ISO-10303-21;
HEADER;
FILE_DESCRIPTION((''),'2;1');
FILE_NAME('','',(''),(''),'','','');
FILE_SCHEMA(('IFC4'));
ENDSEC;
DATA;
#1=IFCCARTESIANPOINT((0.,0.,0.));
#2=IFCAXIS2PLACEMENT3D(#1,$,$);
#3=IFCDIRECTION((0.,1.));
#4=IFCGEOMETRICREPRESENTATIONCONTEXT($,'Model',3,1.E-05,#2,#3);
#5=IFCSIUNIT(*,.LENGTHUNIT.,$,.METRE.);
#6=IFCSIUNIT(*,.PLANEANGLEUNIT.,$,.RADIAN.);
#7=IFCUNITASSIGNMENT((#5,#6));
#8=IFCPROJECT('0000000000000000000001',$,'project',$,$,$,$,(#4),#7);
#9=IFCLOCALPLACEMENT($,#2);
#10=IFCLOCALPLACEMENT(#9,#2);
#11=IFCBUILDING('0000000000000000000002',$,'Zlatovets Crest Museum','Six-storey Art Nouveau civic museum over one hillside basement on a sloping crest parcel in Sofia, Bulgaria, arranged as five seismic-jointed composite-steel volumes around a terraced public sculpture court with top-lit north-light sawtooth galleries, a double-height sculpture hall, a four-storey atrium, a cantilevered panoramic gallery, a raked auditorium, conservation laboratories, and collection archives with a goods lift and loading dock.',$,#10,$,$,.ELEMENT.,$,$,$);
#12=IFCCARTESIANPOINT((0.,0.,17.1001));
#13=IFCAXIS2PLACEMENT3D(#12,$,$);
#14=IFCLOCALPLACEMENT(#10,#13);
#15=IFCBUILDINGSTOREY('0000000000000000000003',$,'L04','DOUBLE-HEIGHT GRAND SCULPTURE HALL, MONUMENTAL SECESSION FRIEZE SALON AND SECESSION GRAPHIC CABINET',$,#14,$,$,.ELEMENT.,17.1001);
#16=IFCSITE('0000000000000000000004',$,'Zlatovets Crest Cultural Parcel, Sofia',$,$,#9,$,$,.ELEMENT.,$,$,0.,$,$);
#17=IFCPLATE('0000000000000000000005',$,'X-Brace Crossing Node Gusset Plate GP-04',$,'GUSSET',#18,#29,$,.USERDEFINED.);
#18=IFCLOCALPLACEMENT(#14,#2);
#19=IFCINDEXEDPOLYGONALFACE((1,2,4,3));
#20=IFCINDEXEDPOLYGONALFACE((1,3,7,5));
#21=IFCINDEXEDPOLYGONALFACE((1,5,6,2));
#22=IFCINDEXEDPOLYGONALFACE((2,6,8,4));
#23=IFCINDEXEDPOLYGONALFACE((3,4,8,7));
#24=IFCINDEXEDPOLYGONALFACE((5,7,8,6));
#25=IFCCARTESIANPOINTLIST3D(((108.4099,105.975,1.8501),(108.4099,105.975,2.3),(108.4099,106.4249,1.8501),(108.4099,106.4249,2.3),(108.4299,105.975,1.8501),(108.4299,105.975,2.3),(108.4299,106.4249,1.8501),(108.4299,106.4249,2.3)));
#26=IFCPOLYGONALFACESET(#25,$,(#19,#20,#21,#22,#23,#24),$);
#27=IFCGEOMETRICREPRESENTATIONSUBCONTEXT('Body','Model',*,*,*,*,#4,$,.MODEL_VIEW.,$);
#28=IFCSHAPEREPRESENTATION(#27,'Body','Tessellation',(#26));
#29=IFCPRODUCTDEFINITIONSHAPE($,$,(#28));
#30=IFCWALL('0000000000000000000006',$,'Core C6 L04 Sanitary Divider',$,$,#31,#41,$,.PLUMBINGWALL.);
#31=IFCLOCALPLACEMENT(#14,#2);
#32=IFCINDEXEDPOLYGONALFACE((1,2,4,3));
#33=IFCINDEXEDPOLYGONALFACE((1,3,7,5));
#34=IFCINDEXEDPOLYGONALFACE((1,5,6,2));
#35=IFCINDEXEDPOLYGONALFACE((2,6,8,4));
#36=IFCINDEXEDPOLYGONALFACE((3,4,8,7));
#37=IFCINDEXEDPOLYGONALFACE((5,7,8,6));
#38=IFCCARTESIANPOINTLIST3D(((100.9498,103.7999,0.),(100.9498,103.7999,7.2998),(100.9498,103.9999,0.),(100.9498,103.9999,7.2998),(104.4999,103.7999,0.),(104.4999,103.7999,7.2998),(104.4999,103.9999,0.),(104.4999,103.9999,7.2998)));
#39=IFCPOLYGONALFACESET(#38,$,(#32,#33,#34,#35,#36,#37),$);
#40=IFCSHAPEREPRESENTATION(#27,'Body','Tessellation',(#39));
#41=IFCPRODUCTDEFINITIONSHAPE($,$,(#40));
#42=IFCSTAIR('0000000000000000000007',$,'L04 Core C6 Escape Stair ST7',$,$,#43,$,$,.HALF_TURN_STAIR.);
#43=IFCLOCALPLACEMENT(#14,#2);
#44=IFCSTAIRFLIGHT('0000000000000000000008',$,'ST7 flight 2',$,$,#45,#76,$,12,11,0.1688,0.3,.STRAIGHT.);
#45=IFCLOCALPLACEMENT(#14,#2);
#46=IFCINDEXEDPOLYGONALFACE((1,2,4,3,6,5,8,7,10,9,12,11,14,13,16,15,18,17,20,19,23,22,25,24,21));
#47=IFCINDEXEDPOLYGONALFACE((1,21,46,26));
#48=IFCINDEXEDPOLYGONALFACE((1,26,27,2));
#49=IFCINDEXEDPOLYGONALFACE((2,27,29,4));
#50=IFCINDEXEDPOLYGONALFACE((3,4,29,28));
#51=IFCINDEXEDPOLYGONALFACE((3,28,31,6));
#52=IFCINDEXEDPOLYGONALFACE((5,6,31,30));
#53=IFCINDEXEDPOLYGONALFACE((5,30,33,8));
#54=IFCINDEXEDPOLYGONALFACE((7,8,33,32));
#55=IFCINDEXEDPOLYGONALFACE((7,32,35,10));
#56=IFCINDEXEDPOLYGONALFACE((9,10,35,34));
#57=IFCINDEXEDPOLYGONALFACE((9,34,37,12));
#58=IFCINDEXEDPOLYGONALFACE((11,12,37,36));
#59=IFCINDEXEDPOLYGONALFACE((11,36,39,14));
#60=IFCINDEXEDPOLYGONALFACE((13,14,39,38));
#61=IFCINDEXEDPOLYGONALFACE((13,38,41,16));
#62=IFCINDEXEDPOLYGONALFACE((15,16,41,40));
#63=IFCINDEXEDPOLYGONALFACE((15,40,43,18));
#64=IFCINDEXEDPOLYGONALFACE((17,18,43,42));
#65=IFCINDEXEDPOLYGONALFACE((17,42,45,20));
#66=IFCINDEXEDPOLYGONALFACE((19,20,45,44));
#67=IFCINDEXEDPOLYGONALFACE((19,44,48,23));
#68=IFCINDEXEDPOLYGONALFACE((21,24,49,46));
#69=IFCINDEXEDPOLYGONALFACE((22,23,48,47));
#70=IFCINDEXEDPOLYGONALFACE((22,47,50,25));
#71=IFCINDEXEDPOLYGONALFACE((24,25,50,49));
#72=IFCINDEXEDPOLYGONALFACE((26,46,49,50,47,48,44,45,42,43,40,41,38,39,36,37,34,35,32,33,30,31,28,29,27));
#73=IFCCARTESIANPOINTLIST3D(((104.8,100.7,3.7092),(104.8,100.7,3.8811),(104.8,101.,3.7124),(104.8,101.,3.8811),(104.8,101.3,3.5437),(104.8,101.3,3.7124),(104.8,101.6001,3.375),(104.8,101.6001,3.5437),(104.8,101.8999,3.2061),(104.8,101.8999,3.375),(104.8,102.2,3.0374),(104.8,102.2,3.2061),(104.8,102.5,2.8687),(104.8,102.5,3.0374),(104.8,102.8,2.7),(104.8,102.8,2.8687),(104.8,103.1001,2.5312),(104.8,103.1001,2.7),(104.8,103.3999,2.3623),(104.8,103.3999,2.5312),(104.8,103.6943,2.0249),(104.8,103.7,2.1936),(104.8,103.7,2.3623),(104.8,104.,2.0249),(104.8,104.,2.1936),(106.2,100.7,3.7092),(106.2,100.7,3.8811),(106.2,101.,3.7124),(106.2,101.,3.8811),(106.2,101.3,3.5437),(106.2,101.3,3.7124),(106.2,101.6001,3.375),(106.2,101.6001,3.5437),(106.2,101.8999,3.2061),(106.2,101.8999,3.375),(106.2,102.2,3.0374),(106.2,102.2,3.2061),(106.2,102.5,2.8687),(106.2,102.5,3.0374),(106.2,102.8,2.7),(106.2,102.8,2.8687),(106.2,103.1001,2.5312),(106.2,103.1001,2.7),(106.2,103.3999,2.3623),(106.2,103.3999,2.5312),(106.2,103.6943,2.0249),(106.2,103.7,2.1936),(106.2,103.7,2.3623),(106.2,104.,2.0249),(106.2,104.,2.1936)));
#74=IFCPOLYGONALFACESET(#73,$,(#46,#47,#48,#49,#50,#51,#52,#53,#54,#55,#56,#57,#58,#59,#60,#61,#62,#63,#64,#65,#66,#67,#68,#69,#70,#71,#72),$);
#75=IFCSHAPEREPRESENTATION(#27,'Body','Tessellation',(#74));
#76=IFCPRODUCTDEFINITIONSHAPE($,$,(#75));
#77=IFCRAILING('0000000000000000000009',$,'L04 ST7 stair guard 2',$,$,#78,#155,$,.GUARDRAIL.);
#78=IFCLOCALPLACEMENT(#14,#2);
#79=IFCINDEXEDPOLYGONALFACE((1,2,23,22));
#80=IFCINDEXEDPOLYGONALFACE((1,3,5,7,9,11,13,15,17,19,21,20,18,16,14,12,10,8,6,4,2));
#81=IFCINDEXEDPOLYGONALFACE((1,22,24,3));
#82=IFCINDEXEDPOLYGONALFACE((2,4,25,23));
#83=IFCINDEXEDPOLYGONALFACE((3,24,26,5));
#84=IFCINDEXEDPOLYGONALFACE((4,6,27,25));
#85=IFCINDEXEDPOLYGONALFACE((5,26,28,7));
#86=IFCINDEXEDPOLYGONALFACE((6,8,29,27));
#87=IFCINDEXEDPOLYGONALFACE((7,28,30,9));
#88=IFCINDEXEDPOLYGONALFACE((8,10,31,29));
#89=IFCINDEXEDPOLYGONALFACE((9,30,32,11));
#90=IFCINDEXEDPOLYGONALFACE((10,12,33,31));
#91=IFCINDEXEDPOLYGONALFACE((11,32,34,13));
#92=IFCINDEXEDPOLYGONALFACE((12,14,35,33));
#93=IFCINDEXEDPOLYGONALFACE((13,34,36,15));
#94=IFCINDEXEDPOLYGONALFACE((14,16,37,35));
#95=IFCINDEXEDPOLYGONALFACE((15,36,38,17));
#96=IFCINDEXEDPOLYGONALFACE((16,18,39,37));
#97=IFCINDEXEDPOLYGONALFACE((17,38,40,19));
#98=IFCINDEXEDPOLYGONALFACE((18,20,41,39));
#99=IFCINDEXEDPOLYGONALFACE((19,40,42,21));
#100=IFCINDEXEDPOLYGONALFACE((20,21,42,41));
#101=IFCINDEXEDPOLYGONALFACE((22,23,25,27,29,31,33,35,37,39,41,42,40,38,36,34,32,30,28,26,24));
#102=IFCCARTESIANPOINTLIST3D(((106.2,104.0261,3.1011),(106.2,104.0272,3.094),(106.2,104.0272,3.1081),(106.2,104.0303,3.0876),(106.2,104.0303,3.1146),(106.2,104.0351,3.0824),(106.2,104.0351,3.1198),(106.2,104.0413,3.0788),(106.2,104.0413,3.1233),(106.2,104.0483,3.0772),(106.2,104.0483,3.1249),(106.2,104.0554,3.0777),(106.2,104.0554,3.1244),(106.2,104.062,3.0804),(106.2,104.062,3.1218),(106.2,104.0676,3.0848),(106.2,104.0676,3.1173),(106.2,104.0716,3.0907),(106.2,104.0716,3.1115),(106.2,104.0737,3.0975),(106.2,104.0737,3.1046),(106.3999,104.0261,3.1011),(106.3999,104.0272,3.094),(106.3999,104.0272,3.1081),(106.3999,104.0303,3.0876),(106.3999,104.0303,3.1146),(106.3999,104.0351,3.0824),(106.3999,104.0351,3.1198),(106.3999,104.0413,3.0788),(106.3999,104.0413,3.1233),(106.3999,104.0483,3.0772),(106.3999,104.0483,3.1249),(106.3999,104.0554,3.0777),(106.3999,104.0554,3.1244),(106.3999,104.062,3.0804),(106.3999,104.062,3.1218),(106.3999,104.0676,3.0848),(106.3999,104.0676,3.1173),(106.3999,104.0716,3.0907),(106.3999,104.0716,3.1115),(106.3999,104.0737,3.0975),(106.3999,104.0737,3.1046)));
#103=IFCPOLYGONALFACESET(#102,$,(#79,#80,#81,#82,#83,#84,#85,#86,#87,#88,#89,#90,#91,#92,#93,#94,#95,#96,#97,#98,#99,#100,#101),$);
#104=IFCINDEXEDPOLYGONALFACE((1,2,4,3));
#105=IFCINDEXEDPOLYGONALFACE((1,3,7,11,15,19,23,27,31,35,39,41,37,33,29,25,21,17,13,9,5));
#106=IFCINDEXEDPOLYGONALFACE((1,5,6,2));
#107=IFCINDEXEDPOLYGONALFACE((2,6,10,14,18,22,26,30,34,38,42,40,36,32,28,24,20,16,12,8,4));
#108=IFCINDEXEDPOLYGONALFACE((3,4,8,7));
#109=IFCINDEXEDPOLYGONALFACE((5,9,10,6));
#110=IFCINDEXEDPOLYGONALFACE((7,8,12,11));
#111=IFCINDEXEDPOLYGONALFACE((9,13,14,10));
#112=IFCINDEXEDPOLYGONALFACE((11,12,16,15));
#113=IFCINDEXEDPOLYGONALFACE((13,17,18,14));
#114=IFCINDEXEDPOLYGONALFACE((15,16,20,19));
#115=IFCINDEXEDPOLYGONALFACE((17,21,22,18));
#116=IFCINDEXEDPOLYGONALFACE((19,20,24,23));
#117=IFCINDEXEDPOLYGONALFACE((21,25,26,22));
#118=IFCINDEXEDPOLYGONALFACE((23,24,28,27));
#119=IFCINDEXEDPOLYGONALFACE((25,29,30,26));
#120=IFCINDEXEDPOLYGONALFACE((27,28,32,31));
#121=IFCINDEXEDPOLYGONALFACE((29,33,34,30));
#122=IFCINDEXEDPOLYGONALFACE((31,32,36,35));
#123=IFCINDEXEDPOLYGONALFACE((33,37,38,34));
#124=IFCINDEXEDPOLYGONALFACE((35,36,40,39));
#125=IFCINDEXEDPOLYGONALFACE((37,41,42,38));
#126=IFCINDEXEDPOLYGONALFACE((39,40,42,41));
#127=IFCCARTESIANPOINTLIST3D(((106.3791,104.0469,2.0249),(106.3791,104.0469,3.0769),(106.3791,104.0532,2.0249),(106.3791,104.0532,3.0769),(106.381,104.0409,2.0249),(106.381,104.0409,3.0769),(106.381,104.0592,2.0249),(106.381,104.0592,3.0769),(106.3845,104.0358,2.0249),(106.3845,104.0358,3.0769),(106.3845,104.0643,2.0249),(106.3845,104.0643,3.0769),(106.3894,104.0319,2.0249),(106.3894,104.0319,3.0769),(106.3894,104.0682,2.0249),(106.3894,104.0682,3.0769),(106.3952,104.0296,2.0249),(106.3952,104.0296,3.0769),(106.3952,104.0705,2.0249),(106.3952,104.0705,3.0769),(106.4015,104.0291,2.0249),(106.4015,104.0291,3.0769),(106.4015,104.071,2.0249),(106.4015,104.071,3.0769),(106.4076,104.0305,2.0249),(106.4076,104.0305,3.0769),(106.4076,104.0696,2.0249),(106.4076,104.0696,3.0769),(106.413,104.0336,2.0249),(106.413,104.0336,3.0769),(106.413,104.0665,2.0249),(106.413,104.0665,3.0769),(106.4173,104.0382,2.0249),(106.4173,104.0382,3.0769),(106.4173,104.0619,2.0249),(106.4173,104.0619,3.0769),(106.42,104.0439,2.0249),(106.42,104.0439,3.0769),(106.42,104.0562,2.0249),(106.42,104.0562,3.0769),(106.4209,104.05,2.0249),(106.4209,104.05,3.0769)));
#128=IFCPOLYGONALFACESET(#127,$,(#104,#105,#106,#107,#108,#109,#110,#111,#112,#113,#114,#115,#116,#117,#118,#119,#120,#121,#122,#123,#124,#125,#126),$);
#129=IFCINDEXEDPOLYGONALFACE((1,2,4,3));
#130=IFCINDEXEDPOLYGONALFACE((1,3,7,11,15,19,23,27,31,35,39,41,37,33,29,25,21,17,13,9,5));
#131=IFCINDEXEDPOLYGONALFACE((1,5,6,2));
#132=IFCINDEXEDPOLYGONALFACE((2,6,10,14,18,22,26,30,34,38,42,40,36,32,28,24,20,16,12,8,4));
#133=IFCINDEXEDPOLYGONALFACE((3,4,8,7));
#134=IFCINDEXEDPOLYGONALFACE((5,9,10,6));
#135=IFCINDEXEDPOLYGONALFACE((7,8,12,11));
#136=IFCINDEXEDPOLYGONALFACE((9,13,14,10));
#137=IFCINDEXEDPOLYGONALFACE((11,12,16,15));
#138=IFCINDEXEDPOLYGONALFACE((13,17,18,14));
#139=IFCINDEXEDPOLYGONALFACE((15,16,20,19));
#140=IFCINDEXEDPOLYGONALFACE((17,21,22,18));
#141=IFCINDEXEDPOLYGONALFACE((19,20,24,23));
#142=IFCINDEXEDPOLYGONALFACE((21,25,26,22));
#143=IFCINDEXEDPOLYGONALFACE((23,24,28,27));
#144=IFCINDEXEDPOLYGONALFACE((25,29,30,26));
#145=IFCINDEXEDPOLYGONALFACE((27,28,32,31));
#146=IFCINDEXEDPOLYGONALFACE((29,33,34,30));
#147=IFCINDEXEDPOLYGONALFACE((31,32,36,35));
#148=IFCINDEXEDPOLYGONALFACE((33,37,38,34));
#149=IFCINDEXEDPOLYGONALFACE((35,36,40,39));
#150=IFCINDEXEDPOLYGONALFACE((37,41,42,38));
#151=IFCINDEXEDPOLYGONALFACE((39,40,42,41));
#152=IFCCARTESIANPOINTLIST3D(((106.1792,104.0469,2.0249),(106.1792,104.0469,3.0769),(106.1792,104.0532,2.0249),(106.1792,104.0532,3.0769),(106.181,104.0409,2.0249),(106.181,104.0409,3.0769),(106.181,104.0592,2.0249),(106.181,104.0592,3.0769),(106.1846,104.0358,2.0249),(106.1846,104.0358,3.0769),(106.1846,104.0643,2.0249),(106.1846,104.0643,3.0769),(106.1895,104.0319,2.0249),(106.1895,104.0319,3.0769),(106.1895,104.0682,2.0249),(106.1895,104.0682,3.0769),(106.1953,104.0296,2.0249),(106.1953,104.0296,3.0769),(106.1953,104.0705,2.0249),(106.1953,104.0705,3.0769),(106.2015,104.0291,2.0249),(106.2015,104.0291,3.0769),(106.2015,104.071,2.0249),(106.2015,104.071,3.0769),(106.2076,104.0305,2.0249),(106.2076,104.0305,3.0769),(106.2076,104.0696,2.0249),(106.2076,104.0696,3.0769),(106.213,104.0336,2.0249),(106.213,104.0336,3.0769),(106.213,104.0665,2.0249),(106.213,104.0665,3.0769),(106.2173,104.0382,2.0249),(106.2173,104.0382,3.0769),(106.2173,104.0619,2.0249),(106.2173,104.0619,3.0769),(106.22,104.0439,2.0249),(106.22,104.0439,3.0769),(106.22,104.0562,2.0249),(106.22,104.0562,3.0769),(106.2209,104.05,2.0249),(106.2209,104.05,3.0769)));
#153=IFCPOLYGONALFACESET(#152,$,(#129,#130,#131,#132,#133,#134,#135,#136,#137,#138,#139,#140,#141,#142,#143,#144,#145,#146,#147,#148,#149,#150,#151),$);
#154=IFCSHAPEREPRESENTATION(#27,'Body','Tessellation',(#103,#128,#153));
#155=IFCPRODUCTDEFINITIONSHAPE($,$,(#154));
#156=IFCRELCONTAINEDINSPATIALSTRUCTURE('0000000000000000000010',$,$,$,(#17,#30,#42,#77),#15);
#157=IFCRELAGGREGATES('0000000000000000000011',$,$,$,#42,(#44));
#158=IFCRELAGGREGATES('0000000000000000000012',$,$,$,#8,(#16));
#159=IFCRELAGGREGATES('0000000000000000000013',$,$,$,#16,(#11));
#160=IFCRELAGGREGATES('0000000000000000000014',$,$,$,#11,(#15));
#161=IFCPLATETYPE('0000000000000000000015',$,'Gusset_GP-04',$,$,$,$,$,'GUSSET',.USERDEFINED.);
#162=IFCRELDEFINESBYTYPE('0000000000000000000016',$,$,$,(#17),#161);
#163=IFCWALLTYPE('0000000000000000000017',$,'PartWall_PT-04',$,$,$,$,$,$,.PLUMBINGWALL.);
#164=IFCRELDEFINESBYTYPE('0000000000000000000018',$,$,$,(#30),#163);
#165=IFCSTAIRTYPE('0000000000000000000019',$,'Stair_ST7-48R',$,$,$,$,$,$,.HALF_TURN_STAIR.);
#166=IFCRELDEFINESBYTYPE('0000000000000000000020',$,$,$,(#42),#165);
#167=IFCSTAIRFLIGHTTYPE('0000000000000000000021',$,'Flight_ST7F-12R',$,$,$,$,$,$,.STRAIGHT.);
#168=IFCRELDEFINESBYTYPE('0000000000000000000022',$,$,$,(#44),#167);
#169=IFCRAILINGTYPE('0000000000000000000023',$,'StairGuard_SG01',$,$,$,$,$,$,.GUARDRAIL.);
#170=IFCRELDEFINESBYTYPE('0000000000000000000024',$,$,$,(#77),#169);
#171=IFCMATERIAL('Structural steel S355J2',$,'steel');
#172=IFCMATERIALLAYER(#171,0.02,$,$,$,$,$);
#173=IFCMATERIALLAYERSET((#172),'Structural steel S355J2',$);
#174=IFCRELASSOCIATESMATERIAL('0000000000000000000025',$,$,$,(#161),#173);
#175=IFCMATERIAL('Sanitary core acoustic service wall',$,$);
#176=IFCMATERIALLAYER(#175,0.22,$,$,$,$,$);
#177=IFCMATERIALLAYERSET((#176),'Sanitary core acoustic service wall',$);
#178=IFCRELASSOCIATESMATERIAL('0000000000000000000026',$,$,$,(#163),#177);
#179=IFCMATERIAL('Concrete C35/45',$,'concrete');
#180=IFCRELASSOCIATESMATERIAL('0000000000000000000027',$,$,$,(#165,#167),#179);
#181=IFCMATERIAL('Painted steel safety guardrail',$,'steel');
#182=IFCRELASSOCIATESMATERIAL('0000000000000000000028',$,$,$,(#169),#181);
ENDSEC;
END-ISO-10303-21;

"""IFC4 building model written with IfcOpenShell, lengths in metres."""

from ifc_helpers import new_model, si_unit, direction, frame, frame_2d, origin, origin_2d, place, context, subcontext, project, spatial, polyline, rectangle, circle, outline, extrude, material, layer, layer_set, type_object, element, aggregate, save


model = new_model("IFC4")

# Units and contexts
model_context = context("Model", 3, precision=1e-05, world=origin(), true_north=direction((0.0, 1.0)))
body_context = subcontext(model_context, "Body", "Model", "MODEL_VIEW")
ifc_project = project(units=[si_unit("LENGTHUNIT", "METRE"), si_unit("PLANEANGLEUNIT", "RADIAN")], contexts=[model_context])

# Site, building, storey
site_placement = place(None, origin())
site = spatial("IfcSite", under=ifc_project, at=site_placement, Name="Zlatovets Crest Cultural Parcel, Sofia", CompositionType="ELEMENT", RefElevation=0.0)
building_placement = place(site_placement, origin())
building = spatial("IfcBuilding", under=site, at=building_placement, Name="Zlatovets Crest Museum", Description="Six-storey Art Nouveau civic museum over one hillside basement on a sloping crest parcel in Sofia, Bulgaria, arranged as five seismic-jointed composite-steel volumes around a terraced public sculpture court with top-lit north-light sawtooth galleries, a double-height sculpture hall, a four-storey atrium, a cantilevered panoramic gallery, a raked auditorium, conservation laboratories, and collection archives with a goods lift and loading dock.", CompositionType="ELEMENT")
storey_placement = place(building_placement, frame((0.0, 0.0, 17.1001)))
storey = spatial("IfcBuildingStorey", under=building, at=storey_placement, Name="L04", Description="DOUBLE-HEIGHT GRAND SCULPTURE HALL, MONUMENTAL SECESSION FRIEZE SALON AND SECESSION GRAPHIC CABINET", CompositionType="ELEMENT", Elevation=17.1001)

# Shared definitions
ifc_material_1 = material(Name="Structural steel S355J2", Category="steel")

# Plate
ifc_layer_1 = layer(ifc_material_1, 0.02)
ifc_layer_set_1 = layer_set([ifc_layer_1], Name="Structural steel S355J2")
plate_type_1 = type_object("IfcPlateType", Name="Gusset_GP-04", ElementType="GUSSET", PredefinedType="USERDEFINED", material=ifc_layer_set_1)
for number, where, z_axis, x_axis, name in (
    (1, (108.4199, 106.2, 1.8501), (0.0, 0.0, 1.0), (1.0, 0.0, 0.0), "X-Brace Crossing Node Gusset Plate GP-04"),
):
    element("IfcPlate", number, at=place(storey_placement, frame(where, z_axis=z_axis, x_axis=x_axis)), inside=storey, type_object=plate_type_1, Name=name, ObjectType="GUSSET", PredefinedType="USERDEFINED", context=body_context, shape_type="SweptSolid", body=[
        extrude(rectangle(XDim=0.02, YDim=0.45, at=origin_2d()), origin(), (0.0, 0.0, 1.0), 0.45),
    ])

# Wall
ifc_material_2 = material(Name="Sanitary core acoustic service wall")
ifc_layer_2 = layer(ifc_material_2, 0.22)
ifc_layer_set_2 = layer_set([ifc_layer_2], Name="Sanitary core acoustic service wall")
wall_type = type_object("IfcWallType", Name="PartWall_PT-04", PredefinedType="PLUMBINGWALL", material=ifc_layer_set_2)
wall_placement = place(storey_placement, frame((100.95, 103.8999, 0.0), z_axis=(0.0, 0.0, 1.0), x_axis=(1.0, 0.0, 0.0)))
element("IfcWall", 2, at=wall_placement, inside=storey, type_object=wall_type, Name="Core C6 L04 Sanitary Divider", PredefinedType="PLUMBINGWALL", context=body_context, shape_type="SweptSolid", body=[
    extrude(rectangle(XDim=3.55, YDim=0.2, at=frame_2d((1.7749, 0.0))), origin(), (0.0, 0.0, 1.0), 7.2998),
])

# Stair, stair flight
ifc_material_3 = material(Name="Concrete C35/45", Category="concrete")
stair_type = type_object("IfcStairType", Name="Stair_ST7-48R", PredefinedType="HALF_TURN_STAIR", material=ifc_material_3)
stair_placement = place(storey_placement, origin())
stair = element("IfcStair", 3, at=stair_placement, inside=storey, type_object=stair_type, Name="L04 Core C6 Escape Stair ST7", PredefinedType="HALF_TURN_STAIR")
stair_flight_type = type_object("IfcStairFlightType", Name="Flight_ST7F-12R", PredefinedType="STRAIGHT", material=ifc_material_3)
stair_flight_placement = place(storey_placement, frame((105.5, 104.0, 2.0249), z_axis=(0.0, 0.0, 1.0), x_axis=(0.0, -1.0, 0.0)))
stair_flight = element("IfcStairFlight", 4, at=stair_flight_placement, type_object=stair_flight_type, Name="ST7 flight 2", NumberOfRisers=12, NumberOfTreads=11, PredefinedType="STRAIGHT", RiserHeight=0.1688, TreadLength=0.3, context=body_context, shape_type="SweptSolid", body=[
    extrude(outline(polyline([(0.0, 0.0), (0.0, 0.1687), (0.3, 0.1687), (0.3, 0.3374), (0.6001, 0.3374), (0.6001, 0.5063), (0.8999, 0.5063), (0.8999, 0.675), (1.2, 0.675), (1.2, 0.8438), (1.5, 0.8438), (1.5, 1.0125), (1.8, 1.0125), (1.8, 1.1812), (2.1001, 1.1812), (2.1001, 1.3501), (2.3999, 1.3501), (2.3999, 1.5188), (2.7, 1.5188), (2.7, 1.6875), (3.0, 1.6875), (3.0, 1.8562), (3.3, 1.8562), (3.3, 2.0249), (3.3, 1.6843), (0.3057, 0.0), (0.0, 0.0)])), frame((0.0, 0.7, 0.0), z_axis=(0.0, -1.0, 0.0), x_axis=(1.0, 0.0, 0.0)), (0.0, 0.0, 1.0), 1.3999),
])
aggregate(stair, [stair_flight])

# Railing
ifc_material_4 = material(Name="Painted steel safety guardrail", Category="steel")
railing_type_1 = type_object("IfcRailingType", Name="StairGuard_SG01", PredefinedType="GUARDRAIL", material=ifc_material_4)
railing_1_placement = place(storey_placement, frame((106.3999, 104.05, 2.0249)))
element("IfcRailing", 5, at=railing_1_placement, inside=storey, type_object=railing_type_1, Name="L04 ST7 stair guard 2", PredefinedType="GUARDRAIL", context=body_context, shape_type="SweptSolid", body=[
    extrude(circle(Radius=0.0239, at=origin_2d()), frame((0.0, 0.0, 1.0762), z_axis=(-1.0, 0.0, 0.0), x_axis=(0.0, -1.0, 0.0)), (0.0, 0.0, 1.0), 0.2),
    extrude(circle(Radius=0.021, at=origin_2d()), origin(), (0.0, 0.0, 1.0), 1.052),
    extrude(circle(Radius=0.021, at=origin_2d()), frame((-0.2, 0.0, 0.0)), (0.0, 0.0, 1.0), 1.052),
])

save(model, "model.ifc")
